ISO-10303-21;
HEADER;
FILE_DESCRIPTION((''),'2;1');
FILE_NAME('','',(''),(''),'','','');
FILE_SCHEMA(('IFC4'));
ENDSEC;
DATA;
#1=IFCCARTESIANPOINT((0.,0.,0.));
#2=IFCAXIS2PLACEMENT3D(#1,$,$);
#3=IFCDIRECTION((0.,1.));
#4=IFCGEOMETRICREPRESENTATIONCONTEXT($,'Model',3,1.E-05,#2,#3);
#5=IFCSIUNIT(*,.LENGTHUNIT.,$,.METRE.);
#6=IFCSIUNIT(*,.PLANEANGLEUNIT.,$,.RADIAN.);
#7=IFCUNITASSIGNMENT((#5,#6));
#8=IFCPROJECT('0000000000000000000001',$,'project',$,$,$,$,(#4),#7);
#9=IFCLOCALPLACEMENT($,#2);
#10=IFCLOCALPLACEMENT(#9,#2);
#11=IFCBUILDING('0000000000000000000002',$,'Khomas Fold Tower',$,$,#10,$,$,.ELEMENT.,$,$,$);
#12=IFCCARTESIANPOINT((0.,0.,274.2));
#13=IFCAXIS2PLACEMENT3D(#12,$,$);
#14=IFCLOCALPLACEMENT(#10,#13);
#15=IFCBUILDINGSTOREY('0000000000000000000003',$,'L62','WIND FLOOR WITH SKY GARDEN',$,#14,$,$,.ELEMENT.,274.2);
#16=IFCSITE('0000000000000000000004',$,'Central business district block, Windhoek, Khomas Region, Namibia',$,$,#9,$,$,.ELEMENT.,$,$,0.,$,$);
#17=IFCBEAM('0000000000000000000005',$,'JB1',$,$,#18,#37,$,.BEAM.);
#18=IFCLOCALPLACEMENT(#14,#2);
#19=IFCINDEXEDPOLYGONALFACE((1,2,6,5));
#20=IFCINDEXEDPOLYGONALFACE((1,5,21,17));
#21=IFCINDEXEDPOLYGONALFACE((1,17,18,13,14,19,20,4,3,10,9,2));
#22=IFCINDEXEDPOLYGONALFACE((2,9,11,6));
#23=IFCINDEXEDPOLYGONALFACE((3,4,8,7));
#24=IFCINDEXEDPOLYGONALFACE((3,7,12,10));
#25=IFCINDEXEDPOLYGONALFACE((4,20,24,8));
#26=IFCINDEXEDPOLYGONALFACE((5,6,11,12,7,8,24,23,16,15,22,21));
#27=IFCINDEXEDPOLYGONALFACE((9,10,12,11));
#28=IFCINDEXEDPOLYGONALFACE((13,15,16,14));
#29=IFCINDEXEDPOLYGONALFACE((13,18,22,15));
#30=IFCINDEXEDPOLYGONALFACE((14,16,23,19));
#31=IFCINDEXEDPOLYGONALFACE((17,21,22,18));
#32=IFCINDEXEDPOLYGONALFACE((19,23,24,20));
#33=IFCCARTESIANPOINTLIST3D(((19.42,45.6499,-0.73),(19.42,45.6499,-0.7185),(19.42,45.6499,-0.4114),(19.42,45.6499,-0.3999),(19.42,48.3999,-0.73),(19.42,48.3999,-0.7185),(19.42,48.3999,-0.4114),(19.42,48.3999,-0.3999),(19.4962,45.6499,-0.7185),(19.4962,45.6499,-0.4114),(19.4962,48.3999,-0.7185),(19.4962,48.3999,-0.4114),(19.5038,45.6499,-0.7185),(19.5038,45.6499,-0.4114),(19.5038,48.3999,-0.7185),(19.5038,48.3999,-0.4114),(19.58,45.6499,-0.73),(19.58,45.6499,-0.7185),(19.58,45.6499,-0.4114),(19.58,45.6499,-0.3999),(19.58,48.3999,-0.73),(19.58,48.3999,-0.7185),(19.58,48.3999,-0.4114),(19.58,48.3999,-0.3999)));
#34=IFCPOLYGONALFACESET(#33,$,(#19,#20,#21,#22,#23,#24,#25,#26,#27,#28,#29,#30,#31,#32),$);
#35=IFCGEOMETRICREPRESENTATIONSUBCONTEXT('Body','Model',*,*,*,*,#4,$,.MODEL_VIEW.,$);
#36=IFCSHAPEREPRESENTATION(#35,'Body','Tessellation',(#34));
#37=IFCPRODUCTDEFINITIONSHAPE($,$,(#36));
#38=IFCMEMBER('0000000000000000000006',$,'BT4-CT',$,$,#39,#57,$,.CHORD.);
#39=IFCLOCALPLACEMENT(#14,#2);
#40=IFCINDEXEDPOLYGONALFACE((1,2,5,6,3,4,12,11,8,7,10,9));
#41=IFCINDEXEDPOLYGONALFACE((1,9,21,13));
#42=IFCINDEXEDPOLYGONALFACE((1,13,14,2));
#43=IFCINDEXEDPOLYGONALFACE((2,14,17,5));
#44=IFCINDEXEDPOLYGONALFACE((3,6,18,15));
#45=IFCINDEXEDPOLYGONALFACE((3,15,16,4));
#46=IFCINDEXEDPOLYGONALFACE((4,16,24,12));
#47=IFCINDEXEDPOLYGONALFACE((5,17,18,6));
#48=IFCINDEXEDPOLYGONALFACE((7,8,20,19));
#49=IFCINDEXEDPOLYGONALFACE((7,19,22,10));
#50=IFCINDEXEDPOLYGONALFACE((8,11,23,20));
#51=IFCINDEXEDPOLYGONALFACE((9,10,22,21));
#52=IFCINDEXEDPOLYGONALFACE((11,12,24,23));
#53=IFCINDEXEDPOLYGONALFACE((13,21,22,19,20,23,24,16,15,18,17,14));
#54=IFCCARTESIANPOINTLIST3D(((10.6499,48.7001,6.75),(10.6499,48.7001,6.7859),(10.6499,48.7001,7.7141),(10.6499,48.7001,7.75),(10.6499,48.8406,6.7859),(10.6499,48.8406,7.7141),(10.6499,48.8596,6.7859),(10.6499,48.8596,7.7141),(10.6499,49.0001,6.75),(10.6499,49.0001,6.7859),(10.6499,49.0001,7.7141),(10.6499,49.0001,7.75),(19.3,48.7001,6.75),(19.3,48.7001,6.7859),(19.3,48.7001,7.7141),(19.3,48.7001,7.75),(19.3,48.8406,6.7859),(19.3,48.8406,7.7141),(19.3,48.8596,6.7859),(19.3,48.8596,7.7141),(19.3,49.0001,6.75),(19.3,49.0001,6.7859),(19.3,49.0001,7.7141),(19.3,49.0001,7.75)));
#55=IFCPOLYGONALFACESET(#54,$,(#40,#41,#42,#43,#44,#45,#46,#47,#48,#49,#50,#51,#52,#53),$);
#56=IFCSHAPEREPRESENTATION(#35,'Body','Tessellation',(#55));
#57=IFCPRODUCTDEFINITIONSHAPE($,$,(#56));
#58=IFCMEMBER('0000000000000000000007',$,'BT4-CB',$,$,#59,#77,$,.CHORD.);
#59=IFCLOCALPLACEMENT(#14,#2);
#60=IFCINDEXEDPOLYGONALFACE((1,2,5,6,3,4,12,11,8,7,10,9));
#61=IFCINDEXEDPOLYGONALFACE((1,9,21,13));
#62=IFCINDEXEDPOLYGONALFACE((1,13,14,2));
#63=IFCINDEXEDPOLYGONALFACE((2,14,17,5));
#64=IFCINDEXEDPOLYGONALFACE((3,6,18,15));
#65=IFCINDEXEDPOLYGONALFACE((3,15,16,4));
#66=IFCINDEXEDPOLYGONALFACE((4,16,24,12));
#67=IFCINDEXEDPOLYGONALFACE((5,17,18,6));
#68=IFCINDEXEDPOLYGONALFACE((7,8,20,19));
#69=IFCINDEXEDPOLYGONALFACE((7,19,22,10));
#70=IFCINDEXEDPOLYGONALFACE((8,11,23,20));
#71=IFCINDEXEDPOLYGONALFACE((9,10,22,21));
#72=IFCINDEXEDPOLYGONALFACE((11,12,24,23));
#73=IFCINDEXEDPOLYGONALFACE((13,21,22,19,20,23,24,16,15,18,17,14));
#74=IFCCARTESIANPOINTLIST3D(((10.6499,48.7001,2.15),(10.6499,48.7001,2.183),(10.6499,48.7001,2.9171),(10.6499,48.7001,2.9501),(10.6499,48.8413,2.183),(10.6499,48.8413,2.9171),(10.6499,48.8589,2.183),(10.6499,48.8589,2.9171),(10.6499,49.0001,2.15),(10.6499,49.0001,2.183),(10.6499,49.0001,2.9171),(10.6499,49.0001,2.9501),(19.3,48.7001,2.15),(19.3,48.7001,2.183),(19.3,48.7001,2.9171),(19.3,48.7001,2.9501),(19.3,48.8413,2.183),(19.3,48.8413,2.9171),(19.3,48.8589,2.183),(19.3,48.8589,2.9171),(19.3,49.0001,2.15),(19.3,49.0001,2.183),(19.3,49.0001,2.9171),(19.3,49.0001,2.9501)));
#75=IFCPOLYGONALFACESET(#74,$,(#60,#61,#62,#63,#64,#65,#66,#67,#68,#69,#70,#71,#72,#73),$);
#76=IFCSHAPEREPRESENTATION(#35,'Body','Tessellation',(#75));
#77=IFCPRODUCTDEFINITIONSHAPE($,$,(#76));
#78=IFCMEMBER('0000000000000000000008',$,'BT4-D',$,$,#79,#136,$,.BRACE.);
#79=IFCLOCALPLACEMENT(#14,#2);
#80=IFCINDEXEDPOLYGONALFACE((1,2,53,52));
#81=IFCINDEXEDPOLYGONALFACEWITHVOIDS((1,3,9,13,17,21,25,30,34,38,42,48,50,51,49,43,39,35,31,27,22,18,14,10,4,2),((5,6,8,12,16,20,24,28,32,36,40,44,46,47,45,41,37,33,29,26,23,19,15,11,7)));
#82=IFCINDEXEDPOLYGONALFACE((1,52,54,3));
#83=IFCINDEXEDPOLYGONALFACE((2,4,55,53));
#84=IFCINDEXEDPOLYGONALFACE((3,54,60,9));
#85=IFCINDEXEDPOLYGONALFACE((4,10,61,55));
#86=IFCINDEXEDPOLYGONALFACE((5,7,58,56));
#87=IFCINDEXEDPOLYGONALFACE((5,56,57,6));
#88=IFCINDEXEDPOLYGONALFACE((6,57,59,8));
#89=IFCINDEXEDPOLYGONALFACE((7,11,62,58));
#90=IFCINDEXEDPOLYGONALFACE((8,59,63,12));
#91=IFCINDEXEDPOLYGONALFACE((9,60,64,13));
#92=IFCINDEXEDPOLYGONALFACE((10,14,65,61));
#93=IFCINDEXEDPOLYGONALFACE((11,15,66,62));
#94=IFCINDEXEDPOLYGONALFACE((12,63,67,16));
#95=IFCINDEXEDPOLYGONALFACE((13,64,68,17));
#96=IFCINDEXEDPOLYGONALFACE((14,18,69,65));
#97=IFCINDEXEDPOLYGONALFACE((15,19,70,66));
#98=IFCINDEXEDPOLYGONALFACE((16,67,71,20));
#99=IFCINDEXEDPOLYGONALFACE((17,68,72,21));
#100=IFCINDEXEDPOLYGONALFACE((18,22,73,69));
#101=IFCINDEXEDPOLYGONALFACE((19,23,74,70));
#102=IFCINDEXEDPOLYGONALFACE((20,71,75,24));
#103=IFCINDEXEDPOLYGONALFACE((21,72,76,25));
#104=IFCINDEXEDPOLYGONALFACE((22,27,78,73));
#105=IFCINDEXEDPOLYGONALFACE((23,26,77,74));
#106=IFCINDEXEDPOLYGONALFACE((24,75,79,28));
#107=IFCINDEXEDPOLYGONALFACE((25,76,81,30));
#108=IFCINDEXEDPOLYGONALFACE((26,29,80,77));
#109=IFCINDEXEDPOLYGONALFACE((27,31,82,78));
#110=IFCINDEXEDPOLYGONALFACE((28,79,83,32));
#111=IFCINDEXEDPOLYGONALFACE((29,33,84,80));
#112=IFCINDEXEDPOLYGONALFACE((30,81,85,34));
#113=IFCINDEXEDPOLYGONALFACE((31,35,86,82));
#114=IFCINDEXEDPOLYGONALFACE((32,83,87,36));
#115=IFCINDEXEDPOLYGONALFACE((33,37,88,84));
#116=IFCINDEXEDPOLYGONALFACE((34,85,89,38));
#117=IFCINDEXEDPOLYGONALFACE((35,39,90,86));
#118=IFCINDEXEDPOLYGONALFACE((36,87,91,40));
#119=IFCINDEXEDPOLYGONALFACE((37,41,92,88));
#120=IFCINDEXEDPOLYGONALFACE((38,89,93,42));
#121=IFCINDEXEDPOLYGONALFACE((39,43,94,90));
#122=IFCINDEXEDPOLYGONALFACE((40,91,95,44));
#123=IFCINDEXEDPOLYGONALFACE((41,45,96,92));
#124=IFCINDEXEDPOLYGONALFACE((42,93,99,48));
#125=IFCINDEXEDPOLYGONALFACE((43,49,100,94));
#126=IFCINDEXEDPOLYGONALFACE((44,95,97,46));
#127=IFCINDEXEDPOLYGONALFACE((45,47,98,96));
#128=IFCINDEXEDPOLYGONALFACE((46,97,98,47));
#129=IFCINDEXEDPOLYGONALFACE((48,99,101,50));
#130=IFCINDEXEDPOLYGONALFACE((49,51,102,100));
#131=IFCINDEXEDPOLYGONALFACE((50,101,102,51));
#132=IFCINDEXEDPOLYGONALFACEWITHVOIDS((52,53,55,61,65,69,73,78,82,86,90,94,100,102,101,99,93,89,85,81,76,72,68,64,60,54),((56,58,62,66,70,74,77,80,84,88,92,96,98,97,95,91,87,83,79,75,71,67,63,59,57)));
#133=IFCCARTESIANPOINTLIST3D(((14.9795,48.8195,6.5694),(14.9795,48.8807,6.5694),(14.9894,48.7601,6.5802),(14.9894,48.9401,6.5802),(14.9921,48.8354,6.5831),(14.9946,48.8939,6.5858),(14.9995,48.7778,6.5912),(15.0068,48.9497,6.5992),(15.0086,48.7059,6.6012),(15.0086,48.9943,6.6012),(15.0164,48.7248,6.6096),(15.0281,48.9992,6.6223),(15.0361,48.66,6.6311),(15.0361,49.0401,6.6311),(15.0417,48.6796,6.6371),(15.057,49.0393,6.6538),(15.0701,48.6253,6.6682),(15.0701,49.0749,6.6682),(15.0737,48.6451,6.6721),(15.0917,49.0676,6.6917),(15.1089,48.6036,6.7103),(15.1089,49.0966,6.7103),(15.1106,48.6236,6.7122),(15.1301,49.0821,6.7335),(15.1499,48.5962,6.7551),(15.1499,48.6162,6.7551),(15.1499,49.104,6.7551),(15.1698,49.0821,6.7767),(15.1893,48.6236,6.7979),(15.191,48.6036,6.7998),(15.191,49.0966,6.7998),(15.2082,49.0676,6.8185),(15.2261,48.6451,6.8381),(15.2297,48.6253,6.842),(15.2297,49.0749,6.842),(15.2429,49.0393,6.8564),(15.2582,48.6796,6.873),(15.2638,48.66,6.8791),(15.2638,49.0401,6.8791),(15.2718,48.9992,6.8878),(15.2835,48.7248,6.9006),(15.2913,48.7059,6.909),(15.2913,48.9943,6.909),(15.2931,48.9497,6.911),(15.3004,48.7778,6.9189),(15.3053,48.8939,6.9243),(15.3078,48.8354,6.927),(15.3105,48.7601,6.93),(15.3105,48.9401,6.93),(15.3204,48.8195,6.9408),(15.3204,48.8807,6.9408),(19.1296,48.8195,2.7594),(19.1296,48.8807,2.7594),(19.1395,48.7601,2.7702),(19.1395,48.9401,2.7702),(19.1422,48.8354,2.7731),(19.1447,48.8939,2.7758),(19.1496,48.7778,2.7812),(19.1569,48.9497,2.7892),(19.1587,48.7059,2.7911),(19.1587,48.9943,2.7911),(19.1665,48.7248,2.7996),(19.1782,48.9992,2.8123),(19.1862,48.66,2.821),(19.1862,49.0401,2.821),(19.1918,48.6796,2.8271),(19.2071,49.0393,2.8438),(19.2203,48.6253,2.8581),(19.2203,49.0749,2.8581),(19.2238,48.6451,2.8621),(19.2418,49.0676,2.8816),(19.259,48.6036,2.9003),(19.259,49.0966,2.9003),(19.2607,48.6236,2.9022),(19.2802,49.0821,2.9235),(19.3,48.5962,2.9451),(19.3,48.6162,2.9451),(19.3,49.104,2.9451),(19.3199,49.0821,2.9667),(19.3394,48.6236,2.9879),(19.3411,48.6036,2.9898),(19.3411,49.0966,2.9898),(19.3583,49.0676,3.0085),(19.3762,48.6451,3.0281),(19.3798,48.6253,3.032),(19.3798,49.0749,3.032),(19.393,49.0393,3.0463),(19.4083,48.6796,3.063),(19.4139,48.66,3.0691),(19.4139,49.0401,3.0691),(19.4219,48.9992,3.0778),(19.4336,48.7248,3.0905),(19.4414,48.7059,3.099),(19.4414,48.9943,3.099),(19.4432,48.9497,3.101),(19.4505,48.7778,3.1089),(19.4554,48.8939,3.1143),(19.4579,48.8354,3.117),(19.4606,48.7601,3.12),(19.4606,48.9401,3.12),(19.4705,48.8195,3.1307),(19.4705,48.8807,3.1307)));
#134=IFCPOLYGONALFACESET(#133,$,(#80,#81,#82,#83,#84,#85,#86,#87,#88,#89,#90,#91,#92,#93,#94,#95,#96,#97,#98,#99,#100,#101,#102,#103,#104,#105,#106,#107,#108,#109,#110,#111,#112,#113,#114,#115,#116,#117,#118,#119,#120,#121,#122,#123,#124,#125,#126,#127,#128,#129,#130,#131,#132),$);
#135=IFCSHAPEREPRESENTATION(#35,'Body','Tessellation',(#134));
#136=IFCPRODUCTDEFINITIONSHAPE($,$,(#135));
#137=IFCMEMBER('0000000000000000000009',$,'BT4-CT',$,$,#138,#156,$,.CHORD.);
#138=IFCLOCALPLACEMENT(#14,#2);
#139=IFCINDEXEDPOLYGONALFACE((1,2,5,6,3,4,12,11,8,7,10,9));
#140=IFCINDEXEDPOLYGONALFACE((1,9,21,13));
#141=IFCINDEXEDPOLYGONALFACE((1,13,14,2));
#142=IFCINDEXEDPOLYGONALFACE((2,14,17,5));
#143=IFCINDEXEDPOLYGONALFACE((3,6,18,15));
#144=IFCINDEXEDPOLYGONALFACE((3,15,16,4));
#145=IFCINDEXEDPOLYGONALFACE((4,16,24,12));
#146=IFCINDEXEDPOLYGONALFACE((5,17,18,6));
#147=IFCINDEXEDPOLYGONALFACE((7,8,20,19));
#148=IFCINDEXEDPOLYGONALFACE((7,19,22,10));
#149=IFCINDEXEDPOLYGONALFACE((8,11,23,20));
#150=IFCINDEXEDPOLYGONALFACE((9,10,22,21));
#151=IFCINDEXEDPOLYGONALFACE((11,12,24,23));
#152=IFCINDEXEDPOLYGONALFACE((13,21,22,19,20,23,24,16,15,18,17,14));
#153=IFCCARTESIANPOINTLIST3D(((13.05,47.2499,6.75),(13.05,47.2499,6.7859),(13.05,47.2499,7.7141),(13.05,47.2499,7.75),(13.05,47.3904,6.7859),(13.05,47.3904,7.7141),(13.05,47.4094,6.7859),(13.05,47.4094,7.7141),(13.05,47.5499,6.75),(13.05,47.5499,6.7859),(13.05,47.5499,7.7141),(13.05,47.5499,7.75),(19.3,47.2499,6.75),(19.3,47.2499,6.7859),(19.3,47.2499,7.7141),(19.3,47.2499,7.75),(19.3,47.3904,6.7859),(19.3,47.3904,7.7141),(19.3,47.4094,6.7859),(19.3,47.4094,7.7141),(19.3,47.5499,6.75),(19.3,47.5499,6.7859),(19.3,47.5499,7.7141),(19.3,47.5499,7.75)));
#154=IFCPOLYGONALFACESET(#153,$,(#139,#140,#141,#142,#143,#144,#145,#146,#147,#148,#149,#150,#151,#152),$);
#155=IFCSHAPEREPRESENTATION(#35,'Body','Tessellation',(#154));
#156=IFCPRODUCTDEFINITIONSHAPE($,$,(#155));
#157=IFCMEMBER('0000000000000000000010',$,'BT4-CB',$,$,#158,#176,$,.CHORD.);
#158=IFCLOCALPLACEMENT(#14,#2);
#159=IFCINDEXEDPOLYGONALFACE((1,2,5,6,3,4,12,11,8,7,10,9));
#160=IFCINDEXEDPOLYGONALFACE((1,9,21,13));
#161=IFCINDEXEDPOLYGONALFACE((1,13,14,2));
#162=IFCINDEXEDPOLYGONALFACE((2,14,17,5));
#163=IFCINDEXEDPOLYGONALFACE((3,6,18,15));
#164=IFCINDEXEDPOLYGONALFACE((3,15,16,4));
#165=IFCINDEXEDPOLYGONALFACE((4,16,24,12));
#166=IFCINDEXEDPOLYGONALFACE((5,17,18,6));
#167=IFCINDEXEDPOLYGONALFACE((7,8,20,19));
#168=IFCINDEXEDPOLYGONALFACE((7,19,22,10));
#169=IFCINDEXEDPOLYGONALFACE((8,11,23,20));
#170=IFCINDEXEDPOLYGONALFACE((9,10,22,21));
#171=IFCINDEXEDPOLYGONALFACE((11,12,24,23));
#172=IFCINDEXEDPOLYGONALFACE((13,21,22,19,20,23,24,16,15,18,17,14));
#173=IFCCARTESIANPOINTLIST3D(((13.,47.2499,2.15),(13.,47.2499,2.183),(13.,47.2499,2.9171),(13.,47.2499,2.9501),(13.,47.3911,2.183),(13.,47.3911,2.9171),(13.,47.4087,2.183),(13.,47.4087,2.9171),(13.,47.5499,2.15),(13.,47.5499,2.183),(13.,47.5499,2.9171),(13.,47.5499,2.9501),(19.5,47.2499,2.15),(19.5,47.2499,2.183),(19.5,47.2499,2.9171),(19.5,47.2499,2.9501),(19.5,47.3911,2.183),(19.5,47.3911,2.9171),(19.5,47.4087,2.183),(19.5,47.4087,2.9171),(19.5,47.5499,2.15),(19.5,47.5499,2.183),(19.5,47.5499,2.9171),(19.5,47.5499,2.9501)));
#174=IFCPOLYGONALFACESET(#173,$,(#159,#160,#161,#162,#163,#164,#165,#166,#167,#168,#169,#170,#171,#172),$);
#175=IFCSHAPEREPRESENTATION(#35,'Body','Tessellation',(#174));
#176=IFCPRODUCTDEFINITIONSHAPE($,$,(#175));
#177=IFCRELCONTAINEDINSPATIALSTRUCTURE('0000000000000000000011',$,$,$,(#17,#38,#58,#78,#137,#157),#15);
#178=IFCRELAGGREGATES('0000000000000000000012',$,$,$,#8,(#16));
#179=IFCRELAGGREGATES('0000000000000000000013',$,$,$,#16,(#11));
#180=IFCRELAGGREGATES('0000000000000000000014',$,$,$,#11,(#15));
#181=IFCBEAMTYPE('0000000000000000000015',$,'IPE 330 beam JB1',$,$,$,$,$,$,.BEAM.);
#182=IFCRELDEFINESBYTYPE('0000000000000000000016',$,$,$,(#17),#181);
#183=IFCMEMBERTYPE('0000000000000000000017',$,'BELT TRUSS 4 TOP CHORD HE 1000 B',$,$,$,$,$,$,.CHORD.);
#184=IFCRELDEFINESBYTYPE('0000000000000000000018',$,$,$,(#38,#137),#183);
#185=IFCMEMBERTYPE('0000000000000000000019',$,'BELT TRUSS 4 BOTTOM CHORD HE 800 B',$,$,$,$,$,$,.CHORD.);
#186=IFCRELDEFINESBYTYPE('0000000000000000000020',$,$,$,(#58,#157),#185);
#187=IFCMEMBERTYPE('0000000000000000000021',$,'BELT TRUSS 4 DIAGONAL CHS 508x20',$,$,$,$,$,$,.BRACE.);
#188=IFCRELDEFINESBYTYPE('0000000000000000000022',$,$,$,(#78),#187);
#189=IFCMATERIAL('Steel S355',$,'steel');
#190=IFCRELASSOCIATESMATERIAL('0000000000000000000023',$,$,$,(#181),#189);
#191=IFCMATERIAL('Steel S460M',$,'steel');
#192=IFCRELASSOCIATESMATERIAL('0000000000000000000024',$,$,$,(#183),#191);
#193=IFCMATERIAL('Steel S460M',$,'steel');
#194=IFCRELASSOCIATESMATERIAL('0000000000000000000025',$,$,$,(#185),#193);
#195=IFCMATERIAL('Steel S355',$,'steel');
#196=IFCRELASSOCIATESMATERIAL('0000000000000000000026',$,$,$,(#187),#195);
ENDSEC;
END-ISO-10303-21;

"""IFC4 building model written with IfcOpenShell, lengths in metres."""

from ifc_helpers import new_model, si_unit, direction, frame, origin, origin_2d, place, context, subcontext, project, spatial, hollow_circle, i_section, extrude, source, transform, mapped, material, material_profile, profile_set, type_object, element, save


model = new_model("IFC4")

# Units and contexts
model_context = context("Model", 3, precision=1e-05, world=origin(), true_north=direction((0.0, 1.0)))
body_context = subcontext(model_context, "Body", "Model", "MODEL_VIEW")
ifc_project = project(units=[si_unit("LENGTHUNIT", "METRE"), si_unit("PLANEANGLEUNIT", "RADIAN")], contexts=[model_context])

# Site, building, storey
site_placement = place(None, origin())
site = spatial("IfcSite", under=ifc_project, at=site_placement, Name="Central business district block, Windhoek, Khomas Region, Namibia", CompositionType="ELEMENT", RefElevation=0.0)
building_placement = place(site_placement, origin())
building = spatial("IfcBuilding", under=site, at=building_placement, Name="Khomas Fold Tower", CompositionType="ELEMENT")
storey_placement = place(building_placement, frame((0.0, 0.0, 274.2)))
storey = spatial("IfcBuildingStorey", under=building, at=storey_placement, Name="L62", Description="WIND FLOOR WITH SKY GARDEN", CompositionType="ELEMENT", Elevation=274.2)

# Beam
ifc_material_1 = material(Name="Steel S355", Category="steel")
ifc_material_profile_1 = material_profile(ifc_material_1, i_section(OverallWidth=0.1599, OverallDepth=0.3301, WebThickness=0.0076, FlangeThickness=0.0115, at=origin_2d()), Name="IPE 330")
ifc_profile_set_1 = profile_set([ifc_material_profile_1], Name="Steel S355")
beam_type = type_object("IfcBeamType", Name="IPE 330 beam JB1", PredefinedType="BEAM", material=ifc_profile_set_1)
shared_shape_1 = source(origin(), body_context, "Body", "SweptSolid", [
    extrude(i_section(OverallWidth=0.1599, OverallDepth=0.3301, WebThickness=0.0076, FlangeThickness=0.0115, at=origin_2d()), origin(), (0.0, 0.0, 1.0), 2.75),
])
beam_placement = place(storey_placement, frame((19.5, 45.6499, -0.5649), z_axis=(0.0, 1.0, 0.0), x_axis=(-1.0, 0.0, 0.0)))
element("IfcBeam", 1, at=beam_placement, inside=storey, type_object=beam_type, Name="JB1", PredefinedType="BEAM", context=body_context, shape_type="MappedRepresentation", body=[
    mapped(shared_shape_1, transform((0.0, 0.0, 0.0))),
])

# Members
ifc_material_2 = material(Name="Steel S460M", Category="steel")
ifc_material_profile_2 = material_profile(ifc_material_2, i_section(OverallWidth=0.3, OverallDepth=1.0, WebThickness=0.019, FlangeThickness=0.0359, at=origin_2d()), Name="HE 1000 B")
ifc_profile_set_2 = profile_set([ifc_material_profile_2], Name="Steel S460M")
member_type_1 = type_object("IfcMemberType", Name="BELT TRUSS 4 TOP CHORD HE 1000 B", PredefinedType="CHORD", material=ifc_profile_set_2)
shared_shape_2 = source(origin(), body_context, "Body", "SweptSolid", [
    extrude(i_section(OverallWidth=0.3, OverallDepth=1.0, WebThickness=0.019, FlangeThickness=0.0359, at=origin_2d()), origin(), (0.0, 0.0, 1.0), 8.6501),
])
member_1_placement = place(storey_placement, frame((19.3, 48.8501, 7.25), z_axis=(-1.0, 0.0, 0.0), x_axis=(0.0, -1.0, 0.0)))
element("IfcMember", 2, at=member_1_placement, inside=storey, type_object=member_type_1, Name="BT4-CT", PredefinedType="CHORD", context=body_context, shape_type="MappedRepresentation", body=[
    mapped(shared_shape_2, transform((0.0, 0.0, 0.0))),
])
ifc_material_3 = material(Name="Steel S460M", Category="steel")
ifc_material_profile_3 = material_profile(ifc_material_3, i_section(OverallWidth=0.3, OverallDepth=0.8, WebThickness=0.0176, FlangeThickness=0.033, at=origin_2d()), Name="HE 800 B")
ifc_profile_set_3 = profile_set([ifc_material_profile_3], Name="Steel S460M")
member_type_2 = type_object("IfcMemberType", Name="BELT TRUSS 4 BOTTOM CHORD HE 800 B", PredefinedType="CHORD", material=ifc_profile_set_3)
shared_shape_3 = source(origin(), body_context, "Body", "SweptSolid", [
    extrude(i_section(OverallWidth=0.3, OverallDepth=0.8, WebThickness=0.0176, FlangeThickness=0.033, at=origin_2d()), origin(), (0.0, 0.0, 1.0), 8.6501),
])
member_2_placement = place(storey_placement, frame((19.3, 48.8501, 2.55), z_axis=(-1.0, 0.0, 0.0), x_axis=(0.0, -1.0, 0.0)))
element("IfcMember", 3, at=member_2_placement, inside=storey, type_object=member_type_2, Name="BT4-CB", PredefinedType="CHORD", context=body_context, shape_type="MappedRepresentation", body=[
    mapped(shared_shape_3, transform((0.0, 0.0, 0.0))),
])
ifc_material_4 = material(Name="Steel S355", Category="steel")
ifc_material_profile_4 = material_profile(ifc_material_4, hollow_circle(Radius=0.2539, WallThickness=0.02, at=origin_2d()), Name="CHS 508x20")
ifc_profile_set_4 = profile_set([ifc_material_profile_4], Name="Steel S355")
member_type_3 = type_object("IfcMemberType", Name="BELT TRUSS 4 DIAGONAL CHS 508x20", PredefinedType="BRACE", material=ifc_profile_set_4)
shared_shape_4 = source(origin(), body_context, "Body", "SweptSolid", [
    extrude(hollow_circle(Radius=0.2539, WallThickness=0.02, at=origin_2d()), origin(), (0.0, 0.0, 1.0), 5.6338),
])
member_3_placement = place(storey_placement, frame((19.3, 48.8501, 2.9451), z_axis=(-0.736645, 0.0, 0.67628), x_axis=(0.0, -1.0, 0.0)))
element("IfcMember", 4, at=member_3_placement, inside=storey, type_object=member_type_3, Name="BT4-D", PredefinedType="BRACE", context=body_context, shape_type="MappedRepresentation", body=[
    mapped(shared_shape_4, transform((0.0, 0.0, 0.0))),
])
shared_shape_5 = source(origin(), body_context, "Body", "SweptSolid", [
    extrude(i_section(OverallWidth=0.3, OverallDepth=1.0, WebThickness=0.019, FlangeThickness=0.0359, at=origin_2d()), origin(), (0.0, 0.0, 1.0), 6.25),
])
member_4_placement = place(storey_placement, frame((19.3, 47.3999, 7.25), z_axis=(-1.0, 0.0, 0.0), x_axis=(0.0, -1.0, 0.0)))
element("IfcMember", 5, at=member_4_placement, inside=storey, type_object=member_type_1, Name="BT4-CT", PredefinedType="CHORD", context=body_context, shape_type="MappedRepresentation", body=[
    mapped(shared_shape_5, transform((0.0, 0.0, 0.0))),
])
shared_shape_6 = source(origin(), body_context, "Body", "SweptSolid", [
    extrude(i_section(OverallWidth=0.3, OverallDepth=0.8, WebThickness=0.0176, FlangeThickness=0.033, at=origin_2d()), origin(), (0.0, 0.0, 1.0), 6.5),
])
member_5_placement = place(storey_placement, frame((19.5, 47.3999, 2.55), z_axis=(-1.0, 0.0, 0.0), x_axis=(0.0, -1.0, 0.0)))
element("IfcMember", 6, at=member_5_placement, inside=storey, type_object=member_type_2, Name="BT4-CB", PredefinedType="CHORD", context=body_context, shape_type="MappedRepresentation", body=[
    mapped(shared_shape_6, transform((0.0, 0.0, 0.0))),
])

save(model, "model.ifc")
